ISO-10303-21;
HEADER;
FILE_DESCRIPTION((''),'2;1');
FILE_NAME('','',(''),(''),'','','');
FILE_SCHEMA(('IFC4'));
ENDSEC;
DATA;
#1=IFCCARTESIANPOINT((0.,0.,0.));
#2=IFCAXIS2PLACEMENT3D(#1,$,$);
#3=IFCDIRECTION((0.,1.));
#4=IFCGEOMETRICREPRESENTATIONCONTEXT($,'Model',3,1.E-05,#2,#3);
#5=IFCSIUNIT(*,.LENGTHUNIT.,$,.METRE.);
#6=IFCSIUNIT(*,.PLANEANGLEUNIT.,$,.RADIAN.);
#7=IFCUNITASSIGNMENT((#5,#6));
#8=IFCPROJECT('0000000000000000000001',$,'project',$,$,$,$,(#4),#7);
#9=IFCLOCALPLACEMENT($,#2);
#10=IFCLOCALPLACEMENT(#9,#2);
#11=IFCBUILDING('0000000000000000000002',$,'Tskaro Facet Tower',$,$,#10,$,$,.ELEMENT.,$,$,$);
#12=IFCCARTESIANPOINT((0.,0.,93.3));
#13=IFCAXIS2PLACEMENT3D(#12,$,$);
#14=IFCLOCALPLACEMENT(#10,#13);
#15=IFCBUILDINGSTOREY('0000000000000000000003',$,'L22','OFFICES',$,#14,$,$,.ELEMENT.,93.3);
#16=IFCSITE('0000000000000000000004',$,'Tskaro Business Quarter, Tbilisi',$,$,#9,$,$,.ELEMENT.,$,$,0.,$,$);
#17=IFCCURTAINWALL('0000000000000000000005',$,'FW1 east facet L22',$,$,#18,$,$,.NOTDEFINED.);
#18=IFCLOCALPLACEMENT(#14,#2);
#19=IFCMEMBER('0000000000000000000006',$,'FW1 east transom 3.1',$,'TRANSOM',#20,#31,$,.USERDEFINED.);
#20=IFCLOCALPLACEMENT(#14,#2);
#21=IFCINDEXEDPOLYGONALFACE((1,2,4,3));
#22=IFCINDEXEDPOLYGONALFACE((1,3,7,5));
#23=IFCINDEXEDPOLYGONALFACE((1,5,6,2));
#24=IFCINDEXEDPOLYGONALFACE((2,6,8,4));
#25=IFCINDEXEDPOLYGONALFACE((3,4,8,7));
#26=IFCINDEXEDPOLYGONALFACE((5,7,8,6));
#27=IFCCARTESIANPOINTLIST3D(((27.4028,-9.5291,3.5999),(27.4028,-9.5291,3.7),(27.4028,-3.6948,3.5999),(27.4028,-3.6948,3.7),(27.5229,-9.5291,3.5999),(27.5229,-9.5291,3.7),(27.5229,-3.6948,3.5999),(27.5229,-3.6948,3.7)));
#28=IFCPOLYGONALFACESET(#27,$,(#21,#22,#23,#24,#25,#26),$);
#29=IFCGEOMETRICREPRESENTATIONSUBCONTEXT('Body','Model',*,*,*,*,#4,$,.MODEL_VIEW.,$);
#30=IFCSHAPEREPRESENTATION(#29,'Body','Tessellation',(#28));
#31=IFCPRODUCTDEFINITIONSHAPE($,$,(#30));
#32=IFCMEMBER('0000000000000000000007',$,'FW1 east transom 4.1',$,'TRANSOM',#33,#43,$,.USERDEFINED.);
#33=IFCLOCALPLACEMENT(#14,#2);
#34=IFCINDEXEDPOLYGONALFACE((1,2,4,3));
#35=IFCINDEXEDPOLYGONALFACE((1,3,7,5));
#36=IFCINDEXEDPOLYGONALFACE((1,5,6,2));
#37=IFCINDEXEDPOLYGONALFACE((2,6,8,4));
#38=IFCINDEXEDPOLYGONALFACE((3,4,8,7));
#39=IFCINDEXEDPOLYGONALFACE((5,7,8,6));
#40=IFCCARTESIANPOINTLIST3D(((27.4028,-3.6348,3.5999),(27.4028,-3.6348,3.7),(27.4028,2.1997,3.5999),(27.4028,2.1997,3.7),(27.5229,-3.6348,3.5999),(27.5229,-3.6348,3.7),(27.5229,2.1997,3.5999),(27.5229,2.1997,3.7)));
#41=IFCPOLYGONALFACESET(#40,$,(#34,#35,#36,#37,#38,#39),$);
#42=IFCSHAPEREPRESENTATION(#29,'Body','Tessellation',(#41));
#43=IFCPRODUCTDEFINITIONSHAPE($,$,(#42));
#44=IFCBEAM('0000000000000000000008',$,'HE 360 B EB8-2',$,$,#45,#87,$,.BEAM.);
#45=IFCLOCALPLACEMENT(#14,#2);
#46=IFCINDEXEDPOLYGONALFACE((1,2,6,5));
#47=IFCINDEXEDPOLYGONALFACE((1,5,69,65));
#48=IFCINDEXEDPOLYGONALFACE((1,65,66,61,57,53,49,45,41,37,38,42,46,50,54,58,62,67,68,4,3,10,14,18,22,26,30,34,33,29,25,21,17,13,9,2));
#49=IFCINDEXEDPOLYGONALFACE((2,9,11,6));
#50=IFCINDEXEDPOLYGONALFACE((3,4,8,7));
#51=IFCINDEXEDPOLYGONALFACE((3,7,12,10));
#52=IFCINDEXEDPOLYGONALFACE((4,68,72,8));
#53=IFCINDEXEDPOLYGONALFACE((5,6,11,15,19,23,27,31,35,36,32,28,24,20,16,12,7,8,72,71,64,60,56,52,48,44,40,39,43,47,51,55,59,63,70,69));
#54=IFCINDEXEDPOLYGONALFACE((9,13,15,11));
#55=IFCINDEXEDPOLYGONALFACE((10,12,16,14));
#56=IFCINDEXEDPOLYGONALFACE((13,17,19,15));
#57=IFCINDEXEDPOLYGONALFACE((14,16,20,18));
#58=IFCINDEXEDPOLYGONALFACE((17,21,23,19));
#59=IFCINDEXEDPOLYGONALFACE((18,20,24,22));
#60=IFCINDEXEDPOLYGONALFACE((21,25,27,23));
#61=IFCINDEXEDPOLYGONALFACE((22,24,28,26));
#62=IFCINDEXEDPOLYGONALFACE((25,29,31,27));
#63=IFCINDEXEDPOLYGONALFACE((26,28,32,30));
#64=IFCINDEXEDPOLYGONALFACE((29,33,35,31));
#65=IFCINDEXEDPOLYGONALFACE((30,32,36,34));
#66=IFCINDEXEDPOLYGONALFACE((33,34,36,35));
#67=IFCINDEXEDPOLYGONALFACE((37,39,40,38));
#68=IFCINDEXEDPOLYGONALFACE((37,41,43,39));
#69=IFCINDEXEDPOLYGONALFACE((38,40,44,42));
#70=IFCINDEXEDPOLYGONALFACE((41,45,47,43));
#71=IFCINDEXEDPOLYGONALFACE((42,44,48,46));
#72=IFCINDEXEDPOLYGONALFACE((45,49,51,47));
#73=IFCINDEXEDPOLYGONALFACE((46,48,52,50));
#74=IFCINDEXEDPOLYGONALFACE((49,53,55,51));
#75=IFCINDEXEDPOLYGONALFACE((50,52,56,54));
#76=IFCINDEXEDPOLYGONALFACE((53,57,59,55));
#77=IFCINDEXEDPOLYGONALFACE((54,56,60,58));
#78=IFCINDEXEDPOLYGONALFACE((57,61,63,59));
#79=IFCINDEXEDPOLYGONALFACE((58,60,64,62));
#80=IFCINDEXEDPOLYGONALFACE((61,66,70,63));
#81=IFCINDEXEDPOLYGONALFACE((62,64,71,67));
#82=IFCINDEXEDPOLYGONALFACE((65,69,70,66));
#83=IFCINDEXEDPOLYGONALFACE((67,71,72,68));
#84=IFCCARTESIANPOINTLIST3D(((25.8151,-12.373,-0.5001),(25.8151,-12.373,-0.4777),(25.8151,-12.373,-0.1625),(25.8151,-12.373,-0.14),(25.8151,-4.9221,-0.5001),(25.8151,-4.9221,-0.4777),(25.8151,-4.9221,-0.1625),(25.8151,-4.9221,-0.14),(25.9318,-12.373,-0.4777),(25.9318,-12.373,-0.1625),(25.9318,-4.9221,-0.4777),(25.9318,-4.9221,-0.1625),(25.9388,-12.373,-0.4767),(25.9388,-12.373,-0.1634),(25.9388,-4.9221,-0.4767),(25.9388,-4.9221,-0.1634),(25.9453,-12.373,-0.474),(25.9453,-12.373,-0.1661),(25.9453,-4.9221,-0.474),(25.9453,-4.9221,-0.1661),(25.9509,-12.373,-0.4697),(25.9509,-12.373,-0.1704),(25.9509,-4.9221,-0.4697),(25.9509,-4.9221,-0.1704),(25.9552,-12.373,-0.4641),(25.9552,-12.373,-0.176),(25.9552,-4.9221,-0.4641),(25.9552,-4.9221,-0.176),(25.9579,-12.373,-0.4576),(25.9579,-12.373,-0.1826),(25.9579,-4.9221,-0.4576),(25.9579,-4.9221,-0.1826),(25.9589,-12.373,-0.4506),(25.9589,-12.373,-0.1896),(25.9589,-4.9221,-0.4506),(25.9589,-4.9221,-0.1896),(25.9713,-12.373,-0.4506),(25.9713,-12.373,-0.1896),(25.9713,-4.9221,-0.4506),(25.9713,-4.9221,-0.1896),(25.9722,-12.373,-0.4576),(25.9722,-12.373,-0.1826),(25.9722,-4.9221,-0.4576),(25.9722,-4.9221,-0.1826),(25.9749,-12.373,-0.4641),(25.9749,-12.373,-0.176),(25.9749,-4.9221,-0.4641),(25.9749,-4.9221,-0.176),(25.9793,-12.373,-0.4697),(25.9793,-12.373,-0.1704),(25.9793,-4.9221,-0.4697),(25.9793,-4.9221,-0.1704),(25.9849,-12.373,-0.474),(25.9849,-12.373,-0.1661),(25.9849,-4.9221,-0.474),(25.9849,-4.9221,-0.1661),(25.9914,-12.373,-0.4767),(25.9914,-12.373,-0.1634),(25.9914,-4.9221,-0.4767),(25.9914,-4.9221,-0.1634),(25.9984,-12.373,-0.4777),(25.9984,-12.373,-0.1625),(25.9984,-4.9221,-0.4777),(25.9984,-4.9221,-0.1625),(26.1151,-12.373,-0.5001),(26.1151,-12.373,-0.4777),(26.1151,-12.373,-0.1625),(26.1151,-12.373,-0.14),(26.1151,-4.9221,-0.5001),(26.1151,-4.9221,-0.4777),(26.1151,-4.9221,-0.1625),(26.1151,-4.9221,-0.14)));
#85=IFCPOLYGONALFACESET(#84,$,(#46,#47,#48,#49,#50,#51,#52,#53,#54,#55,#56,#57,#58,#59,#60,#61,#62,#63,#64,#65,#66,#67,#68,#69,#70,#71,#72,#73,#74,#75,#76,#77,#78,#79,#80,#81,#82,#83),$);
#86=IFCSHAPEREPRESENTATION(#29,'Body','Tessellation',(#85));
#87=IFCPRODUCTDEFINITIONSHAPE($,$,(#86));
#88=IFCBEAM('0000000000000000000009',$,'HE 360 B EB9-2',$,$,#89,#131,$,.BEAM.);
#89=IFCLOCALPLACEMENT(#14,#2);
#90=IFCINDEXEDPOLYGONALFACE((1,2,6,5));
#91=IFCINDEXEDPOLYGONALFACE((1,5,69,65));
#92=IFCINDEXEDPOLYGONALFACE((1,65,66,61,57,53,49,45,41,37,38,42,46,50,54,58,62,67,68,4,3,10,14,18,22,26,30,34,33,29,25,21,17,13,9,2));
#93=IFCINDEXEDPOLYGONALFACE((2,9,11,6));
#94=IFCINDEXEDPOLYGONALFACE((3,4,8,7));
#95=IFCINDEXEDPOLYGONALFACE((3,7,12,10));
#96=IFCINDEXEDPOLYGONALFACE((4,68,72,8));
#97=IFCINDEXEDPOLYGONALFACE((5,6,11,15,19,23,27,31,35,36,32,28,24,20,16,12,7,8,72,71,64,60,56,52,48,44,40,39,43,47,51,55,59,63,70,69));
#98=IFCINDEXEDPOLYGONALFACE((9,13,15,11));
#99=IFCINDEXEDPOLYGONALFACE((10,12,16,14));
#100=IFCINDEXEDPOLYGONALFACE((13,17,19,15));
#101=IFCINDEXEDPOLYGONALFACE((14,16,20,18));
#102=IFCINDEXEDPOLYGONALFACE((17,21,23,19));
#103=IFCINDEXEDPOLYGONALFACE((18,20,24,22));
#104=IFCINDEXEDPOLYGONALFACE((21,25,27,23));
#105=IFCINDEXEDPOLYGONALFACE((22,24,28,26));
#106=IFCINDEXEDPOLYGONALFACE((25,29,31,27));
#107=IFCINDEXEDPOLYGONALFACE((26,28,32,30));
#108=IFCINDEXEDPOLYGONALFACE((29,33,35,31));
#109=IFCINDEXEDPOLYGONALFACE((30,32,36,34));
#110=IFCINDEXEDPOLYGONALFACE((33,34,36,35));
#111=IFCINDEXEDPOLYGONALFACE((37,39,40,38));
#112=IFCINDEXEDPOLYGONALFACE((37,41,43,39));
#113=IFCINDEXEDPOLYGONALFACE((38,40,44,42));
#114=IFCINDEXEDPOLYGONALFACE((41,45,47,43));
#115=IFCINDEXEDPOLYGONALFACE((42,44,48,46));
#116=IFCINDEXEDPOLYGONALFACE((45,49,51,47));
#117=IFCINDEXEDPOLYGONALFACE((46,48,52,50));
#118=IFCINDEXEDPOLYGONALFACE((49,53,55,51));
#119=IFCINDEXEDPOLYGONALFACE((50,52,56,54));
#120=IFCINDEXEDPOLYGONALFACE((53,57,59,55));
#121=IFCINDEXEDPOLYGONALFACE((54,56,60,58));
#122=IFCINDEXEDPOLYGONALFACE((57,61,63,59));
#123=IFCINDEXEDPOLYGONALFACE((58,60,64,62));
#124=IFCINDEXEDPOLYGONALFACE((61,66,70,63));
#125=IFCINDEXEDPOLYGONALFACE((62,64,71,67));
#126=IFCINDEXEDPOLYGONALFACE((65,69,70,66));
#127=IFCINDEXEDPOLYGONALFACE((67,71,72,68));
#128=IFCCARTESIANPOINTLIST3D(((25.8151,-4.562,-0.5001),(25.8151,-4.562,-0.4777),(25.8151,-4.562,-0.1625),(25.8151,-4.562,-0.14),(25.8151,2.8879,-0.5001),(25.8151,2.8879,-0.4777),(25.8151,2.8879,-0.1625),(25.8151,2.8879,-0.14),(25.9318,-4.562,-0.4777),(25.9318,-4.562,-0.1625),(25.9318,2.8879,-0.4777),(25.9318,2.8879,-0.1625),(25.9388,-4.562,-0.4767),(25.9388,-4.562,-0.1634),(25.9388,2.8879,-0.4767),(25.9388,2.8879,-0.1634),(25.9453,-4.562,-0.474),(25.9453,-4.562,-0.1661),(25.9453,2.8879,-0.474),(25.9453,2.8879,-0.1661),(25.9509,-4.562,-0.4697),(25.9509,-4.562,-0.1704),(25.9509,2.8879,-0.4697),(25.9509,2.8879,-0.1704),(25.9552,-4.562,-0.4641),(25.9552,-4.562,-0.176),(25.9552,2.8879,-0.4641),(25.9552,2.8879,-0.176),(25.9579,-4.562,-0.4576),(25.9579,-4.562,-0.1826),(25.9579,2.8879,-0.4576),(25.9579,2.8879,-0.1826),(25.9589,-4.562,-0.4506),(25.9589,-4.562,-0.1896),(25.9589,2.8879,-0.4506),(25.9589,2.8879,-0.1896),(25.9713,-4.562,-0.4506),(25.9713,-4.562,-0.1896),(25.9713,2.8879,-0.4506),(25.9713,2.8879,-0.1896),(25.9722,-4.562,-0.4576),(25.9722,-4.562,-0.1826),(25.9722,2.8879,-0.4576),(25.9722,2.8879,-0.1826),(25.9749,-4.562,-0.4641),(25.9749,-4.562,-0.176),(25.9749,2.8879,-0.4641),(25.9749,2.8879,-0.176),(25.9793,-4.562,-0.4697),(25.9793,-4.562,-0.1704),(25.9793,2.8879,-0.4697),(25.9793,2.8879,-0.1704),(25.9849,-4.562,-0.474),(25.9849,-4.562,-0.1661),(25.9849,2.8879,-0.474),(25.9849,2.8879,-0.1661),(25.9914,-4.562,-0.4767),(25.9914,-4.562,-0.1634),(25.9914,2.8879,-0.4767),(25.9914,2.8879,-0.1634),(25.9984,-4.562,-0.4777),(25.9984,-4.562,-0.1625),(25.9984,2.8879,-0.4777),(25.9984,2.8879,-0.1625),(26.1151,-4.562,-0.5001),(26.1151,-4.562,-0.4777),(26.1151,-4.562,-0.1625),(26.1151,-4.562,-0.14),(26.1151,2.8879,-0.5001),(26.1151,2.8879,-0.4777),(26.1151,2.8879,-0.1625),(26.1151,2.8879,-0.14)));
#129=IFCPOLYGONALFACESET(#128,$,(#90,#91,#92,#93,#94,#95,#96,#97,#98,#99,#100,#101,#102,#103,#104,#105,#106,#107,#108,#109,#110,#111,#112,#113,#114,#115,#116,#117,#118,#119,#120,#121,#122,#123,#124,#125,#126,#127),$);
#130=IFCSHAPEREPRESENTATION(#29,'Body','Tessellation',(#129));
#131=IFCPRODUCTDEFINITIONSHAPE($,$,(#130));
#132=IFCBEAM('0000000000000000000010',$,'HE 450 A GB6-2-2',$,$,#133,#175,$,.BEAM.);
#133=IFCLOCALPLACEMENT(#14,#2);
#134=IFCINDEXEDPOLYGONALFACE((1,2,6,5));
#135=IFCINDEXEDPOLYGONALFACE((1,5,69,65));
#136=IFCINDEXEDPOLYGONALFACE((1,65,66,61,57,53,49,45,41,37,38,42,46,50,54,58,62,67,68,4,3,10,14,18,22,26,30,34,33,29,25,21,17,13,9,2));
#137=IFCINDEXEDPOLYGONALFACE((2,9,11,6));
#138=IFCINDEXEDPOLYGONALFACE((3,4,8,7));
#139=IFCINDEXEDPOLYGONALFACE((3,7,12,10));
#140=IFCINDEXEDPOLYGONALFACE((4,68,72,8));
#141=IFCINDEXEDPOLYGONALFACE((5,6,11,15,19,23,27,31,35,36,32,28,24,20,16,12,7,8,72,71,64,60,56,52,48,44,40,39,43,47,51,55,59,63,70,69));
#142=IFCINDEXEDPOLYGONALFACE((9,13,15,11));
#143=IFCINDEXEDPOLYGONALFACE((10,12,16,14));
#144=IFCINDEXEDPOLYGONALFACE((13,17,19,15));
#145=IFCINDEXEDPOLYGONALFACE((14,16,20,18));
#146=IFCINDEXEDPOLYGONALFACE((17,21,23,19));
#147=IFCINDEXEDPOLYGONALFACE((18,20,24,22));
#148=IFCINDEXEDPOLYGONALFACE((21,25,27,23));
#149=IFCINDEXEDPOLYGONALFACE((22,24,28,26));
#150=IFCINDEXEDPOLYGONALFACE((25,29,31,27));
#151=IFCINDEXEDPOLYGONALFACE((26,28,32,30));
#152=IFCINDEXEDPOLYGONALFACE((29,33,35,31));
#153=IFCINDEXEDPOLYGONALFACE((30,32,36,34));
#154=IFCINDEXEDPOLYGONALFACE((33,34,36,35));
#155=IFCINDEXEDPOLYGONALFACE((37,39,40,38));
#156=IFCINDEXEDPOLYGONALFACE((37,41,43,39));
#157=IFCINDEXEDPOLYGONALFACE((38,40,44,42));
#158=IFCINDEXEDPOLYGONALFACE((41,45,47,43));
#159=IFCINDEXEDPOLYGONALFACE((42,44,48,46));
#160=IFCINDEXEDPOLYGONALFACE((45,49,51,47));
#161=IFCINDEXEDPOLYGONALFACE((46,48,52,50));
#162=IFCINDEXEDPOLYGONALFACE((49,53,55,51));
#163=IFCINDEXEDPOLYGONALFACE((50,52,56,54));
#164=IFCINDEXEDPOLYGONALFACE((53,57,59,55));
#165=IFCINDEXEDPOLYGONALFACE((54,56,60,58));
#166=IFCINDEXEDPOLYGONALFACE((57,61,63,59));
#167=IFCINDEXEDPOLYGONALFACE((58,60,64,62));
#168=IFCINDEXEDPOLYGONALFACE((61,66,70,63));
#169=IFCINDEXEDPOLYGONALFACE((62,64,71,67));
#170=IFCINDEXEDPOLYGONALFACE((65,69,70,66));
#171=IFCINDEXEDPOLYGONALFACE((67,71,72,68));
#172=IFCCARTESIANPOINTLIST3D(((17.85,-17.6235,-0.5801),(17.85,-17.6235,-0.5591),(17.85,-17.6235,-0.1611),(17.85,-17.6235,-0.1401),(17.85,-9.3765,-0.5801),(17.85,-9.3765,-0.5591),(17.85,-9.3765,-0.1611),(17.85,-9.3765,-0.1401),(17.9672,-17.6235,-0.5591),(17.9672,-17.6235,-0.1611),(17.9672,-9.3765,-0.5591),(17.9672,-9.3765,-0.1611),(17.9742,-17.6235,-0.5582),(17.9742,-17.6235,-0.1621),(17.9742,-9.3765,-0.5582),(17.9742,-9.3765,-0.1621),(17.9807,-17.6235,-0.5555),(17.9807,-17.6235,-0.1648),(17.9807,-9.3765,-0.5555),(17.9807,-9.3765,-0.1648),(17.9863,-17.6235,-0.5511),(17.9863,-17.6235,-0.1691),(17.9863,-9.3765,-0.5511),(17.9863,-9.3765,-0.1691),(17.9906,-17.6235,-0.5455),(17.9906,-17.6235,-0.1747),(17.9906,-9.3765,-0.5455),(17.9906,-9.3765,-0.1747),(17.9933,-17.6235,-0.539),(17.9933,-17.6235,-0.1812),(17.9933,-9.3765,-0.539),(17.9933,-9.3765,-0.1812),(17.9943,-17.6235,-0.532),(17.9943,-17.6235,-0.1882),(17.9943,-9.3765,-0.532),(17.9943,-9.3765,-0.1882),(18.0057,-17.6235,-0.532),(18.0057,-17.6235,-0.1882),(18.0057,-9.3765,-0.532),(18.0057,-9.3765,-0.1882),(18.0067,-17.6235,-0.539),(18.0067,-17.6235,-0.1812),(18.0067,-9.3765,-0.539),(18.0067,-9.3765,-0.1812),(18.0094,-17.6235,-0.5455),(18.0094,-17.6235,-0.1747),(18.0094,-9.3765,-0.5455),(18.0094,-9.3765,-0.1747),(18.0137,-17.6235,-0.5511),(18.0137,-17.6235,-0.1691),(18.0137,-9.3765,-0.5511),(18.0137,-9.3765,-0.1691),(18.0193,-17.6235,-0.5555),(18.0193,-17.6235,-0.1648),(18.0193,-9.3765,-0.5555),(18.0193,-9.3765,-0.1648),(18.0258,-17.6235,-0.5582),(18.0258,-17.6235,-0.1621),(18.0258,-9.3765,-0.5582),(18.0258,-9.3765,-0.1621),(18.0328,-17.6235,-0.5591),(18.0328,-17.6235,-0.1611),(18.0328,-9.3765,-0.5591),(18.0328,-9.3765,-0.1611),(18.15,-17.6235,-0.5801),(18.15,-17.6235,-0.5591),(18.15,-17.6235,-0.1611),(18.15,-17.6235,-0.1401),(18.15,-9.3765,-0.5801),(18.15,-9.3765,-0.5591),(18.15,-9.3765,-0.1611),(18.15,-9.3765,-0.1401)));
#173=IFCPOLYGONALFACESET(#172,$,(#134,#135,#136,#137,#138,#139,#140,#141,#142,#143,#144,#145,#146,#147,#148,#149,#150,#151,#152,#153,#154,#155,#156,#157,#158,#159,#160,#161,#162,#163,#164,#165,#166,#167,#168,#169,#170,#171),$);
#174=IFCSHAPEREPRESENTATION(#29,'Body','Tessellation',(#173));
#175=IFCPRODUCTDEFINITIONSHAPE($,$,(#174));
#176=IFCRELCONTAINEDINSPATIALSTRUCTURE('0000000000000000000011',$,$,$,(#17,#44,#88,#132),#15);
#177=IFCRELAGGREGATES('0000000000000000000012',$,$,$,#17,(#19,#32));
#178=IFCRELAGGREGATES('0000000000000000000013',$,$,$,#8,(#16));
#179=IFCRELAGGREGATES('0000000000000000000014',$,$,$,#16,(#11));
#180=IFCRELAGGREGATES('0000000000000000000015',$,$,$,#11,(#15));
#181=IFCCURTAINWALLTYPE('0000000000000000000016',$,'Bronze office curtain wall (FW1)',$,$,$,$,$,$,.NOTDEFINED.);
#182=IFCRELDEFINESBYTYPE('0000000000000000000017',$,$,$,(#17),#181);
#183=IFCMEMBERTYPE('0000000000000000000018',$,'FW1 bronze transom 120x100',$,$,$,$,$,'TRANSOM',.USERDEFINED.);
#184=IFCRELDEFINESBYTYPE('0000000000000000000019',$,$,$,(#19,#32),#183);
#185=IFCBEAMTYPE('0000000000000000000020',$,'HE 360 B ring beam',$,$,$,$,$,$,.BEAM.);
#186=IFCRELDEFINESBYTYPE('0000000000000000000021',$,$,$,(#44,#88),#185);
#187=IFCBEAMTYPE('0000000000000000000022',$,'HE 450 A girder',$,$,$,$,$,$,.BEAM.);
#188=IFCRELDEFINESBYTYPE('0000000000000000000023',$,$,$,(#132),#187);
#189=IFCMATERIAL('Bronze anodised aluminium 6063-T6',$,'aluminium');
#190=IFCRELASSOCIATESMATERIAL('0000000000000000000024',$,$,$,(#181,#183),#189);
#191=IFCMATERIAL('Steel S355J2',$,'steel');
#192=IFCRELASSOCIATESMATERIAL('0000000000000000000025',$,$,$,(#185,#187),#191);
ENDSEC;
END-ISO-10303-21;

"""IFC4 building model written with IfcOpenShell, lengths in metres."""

from ifc_helpers import new_model, si_unit, direction, frame, origin, origin_2d, place, context, subcontext, project, spatial, rectangle, i_section, extrude, material, material_profile, profile_set, type_object, element, aggregate, save


model = new_model("IFC4")

# Units and contexts
model_context = context("Model", 3, precision=1e-05, world=origin(), true_north=direction((0.0, 1.0)))
body_context = subcontext(model_context, "Body", "Model", "MODEL_VIEW")
ifc_project = project(units=[si_unit("LENGTHUNIT", "METRE"), si_unit("PLANEANGLEUNIT", "RADIAN")], contexts=[model_context])

# Site, building, storey
site_placement = place(None, origin())
site = spatial("IfcSite", under=ifc_project, at=site_placement, Name="Tskaro Business Quarter, Tbilisi", CompositionType="ELEMENT", RefElevation=0.0)
building_placement = place(site_placement, origin())
building = spatial("IfcBuilding", under=site, at=building_placement, Name="Tskaro Facet Tower", CompositionType="ELEMENT")
storey_placement = place(building_placement, frame((0.0, 0.0, 93.3)))
storey = spatial("IfcBuildingStorey", under=building, at=storey_placement, Name="L22", Description="OFFICES", CompositionType="ELEMENT", Elevation=93.3)

# Curtain wall, members
ifc_material_1 = material(Name="Bronze anodised aluminium 6063-T6", Category="aluminium")
curtain_wall_type = type_object("IfcCurtainWallType", Name="Bronze office curtain wall (FW1)", PredefinedType="NOTDEFINED", material=ifc_material_1)
curtain_wall_placement = place(storey_placement, origin())
curtain_wall = element("IfcCurtainWall", 1, at=curtain_wall_placement, inside=storey, type_object=curtain_wall_type, Name="FW1 east facet L22", PredefinedType="NOTDEFINED")
ifc_material_profile_1 = material_profile(ifc_material_1, rectangle(XDim=0.1201, YDim=0.1001, at=origin_2d()), Name="Transom 120x100")
ifc_profile_set_1 = profile_set([ifc_material_profile_1], Name="Bronze anodised aluminium 6063-T6")
member_type_1 = type_object("IfcMemberType", Name="FW1 bronze transom 120x100", ElementType="TRANSOM", PredefinedType="USERDEFINED", material=ifc_profile_set_1)
member_1_placement = place(storey_placement, frame((27.4629, -9.5291, 3.6499), z_axis=(0.0, 1.0, 0.0), x_axis=(-1.0, 0.0, 0.0)))
member_1 = element("IfcMember", 2, at=member_1_placement, type_object=member_type_1, Name="FW1 east transom 3.1", ObjectType="TRANSOM", PredefinedType="USERDEFINED", context=body_context, shape_type="SweptSolid", body=[
    extrude(rectangle(XDim=0.1201, YDim=0.1001, at=origin_2d()), origin(), (0.0, 0.0, 1.0), 5.8342),
])
member_2_placement = place(storey_placement, frame((27.4629, -3.6348, 3.6499), z_axis=(0.0, 1.0, 0.0), x_axis=(-1.0, 0.0, 0.0)))
member_2 = element("IfcMember", 3, at=member_2_placement, type_object=member_type_1, Name="FW1 east transom 4.1", ObjectType="TRANSOM", PredefinedType="USERDEFINED", context=body_context, shape_type="SweptSolid", body=[
    extrude(rectangle(XDim=0.1201, YDim=0.1001, at=origin_2d()), origin(), (0.0, 0.0, 1.0), 5.8345),
])

# Beams
ifc_material_2 = material(Name="Steel S355J2", Category="steel")
ifc_material_profile_2 = material_profile(ifc_material_2, i_section(OverallWidth=0.3, OverallDepth=0.3601, WebThickness=0.0125, FlangeThickness=0.0225, FilletRadius=0.0271, at=origin_2d()), Name="HE 360 B")
ifc_profile_set_2 = profile_set([ifc_material_profile_2], Name="Steel S355J2")
beam_type_1 = type_object("IfcBeamType", Name="HE 360 B ring beam", PredefinedType="BEAM", material=ifc_profile_set_2)
beam_1_placement = place(storey_placement, frame((25.9651, -12.373, -0.3201), z_axis=(0.0, 1.0, 0.0), x_axis=(-1.0, 0.0, 0.0)))
element("IfcBeam", 4, at=beam_1_placement, inside=storey, type_object=beam_type_1, Name="HE 360 B EB8-2", PredefinedType="BEAM", context=body_context, shape_type="SweptSolid", body=[
    extrude(i_section(OverallWidth=0.3, OverallDepth=0.3601, WebThickness=0.0125, FlangeThickness=0.0225, FilletRadius=0.0271, at=origin_2d()), origin(), (0.0, 0.0, 1.0), 7.4509),
])
beam_2_placement = place(storey_placement, frame((25.9651, -4.562, -0.3201), z_axis=(0.0, 1.0, 0.0), x_axis=(-1.0, 0.0, 0.0)))
element("IfcBeam", 5, at=beam_2_placement, inside=storey, type_object=beam_type_1, Name="HE 360 B EB9-2", PredefinedType="BEAM", context=body_context, shape_type="SweptSolid", body=[
    extrude(i_section(OverallWidth=0.3, OverallDepth=0.3601, WebThickness=0.0125, FlangeThickness=0.0225, FilletRadius=0.0271, at=origin_2d()), origin(), (0.0, 0.0, 1.0), 7.45),
])
ifc_material_profile_3 = material_profile(ifc_material_2, i_section(OverallWidth=0.3, OverallDepth=0.4399, WebThickness=0.0115, FlangeThickness=0.021, FilletRadius=0.0271, at=origin_2d()), Name="HE 450 A")
ifc_profile_set_3 = profile_set([ifc_material_profile_3], Name="Steel S355J2")
beam_type_2 = type_object("IfcBeamType", Name="HE 450 A girder", PredefinedType="BEAM", material=ifc_profile_set_3)
for number, where, z_axis, x_axis, name in (
    (6, (18.0, -17.6235, -0.3601), (0.0, 1.0, 0.0), (-1.0, 0.0, 0.0), "HE 450 A GB6-2-2"),
):
    element("IfcBeam", number, at=place(storey_placement, frame(where, z_axis=z_axis, x_axis=x_axis)), inside=storey, type_object=beam_type_2, Name=name, PredefinedType="BEAM", context=body_context, shape_type="SweptSolid", body=[
        extrude(i_section(OverallWidth=0.3, OverallDepth=0.4399, WebThickness=0.0115, FlangeThickness=0.021, FilletRadius=0.0271, at=origin_2d()), origin(), (0.0, 0.0, 1.0), 8.2471),
    ])

aggregate(curtain_wall, [member_1, member_2])

save(model, "model.ifc")
